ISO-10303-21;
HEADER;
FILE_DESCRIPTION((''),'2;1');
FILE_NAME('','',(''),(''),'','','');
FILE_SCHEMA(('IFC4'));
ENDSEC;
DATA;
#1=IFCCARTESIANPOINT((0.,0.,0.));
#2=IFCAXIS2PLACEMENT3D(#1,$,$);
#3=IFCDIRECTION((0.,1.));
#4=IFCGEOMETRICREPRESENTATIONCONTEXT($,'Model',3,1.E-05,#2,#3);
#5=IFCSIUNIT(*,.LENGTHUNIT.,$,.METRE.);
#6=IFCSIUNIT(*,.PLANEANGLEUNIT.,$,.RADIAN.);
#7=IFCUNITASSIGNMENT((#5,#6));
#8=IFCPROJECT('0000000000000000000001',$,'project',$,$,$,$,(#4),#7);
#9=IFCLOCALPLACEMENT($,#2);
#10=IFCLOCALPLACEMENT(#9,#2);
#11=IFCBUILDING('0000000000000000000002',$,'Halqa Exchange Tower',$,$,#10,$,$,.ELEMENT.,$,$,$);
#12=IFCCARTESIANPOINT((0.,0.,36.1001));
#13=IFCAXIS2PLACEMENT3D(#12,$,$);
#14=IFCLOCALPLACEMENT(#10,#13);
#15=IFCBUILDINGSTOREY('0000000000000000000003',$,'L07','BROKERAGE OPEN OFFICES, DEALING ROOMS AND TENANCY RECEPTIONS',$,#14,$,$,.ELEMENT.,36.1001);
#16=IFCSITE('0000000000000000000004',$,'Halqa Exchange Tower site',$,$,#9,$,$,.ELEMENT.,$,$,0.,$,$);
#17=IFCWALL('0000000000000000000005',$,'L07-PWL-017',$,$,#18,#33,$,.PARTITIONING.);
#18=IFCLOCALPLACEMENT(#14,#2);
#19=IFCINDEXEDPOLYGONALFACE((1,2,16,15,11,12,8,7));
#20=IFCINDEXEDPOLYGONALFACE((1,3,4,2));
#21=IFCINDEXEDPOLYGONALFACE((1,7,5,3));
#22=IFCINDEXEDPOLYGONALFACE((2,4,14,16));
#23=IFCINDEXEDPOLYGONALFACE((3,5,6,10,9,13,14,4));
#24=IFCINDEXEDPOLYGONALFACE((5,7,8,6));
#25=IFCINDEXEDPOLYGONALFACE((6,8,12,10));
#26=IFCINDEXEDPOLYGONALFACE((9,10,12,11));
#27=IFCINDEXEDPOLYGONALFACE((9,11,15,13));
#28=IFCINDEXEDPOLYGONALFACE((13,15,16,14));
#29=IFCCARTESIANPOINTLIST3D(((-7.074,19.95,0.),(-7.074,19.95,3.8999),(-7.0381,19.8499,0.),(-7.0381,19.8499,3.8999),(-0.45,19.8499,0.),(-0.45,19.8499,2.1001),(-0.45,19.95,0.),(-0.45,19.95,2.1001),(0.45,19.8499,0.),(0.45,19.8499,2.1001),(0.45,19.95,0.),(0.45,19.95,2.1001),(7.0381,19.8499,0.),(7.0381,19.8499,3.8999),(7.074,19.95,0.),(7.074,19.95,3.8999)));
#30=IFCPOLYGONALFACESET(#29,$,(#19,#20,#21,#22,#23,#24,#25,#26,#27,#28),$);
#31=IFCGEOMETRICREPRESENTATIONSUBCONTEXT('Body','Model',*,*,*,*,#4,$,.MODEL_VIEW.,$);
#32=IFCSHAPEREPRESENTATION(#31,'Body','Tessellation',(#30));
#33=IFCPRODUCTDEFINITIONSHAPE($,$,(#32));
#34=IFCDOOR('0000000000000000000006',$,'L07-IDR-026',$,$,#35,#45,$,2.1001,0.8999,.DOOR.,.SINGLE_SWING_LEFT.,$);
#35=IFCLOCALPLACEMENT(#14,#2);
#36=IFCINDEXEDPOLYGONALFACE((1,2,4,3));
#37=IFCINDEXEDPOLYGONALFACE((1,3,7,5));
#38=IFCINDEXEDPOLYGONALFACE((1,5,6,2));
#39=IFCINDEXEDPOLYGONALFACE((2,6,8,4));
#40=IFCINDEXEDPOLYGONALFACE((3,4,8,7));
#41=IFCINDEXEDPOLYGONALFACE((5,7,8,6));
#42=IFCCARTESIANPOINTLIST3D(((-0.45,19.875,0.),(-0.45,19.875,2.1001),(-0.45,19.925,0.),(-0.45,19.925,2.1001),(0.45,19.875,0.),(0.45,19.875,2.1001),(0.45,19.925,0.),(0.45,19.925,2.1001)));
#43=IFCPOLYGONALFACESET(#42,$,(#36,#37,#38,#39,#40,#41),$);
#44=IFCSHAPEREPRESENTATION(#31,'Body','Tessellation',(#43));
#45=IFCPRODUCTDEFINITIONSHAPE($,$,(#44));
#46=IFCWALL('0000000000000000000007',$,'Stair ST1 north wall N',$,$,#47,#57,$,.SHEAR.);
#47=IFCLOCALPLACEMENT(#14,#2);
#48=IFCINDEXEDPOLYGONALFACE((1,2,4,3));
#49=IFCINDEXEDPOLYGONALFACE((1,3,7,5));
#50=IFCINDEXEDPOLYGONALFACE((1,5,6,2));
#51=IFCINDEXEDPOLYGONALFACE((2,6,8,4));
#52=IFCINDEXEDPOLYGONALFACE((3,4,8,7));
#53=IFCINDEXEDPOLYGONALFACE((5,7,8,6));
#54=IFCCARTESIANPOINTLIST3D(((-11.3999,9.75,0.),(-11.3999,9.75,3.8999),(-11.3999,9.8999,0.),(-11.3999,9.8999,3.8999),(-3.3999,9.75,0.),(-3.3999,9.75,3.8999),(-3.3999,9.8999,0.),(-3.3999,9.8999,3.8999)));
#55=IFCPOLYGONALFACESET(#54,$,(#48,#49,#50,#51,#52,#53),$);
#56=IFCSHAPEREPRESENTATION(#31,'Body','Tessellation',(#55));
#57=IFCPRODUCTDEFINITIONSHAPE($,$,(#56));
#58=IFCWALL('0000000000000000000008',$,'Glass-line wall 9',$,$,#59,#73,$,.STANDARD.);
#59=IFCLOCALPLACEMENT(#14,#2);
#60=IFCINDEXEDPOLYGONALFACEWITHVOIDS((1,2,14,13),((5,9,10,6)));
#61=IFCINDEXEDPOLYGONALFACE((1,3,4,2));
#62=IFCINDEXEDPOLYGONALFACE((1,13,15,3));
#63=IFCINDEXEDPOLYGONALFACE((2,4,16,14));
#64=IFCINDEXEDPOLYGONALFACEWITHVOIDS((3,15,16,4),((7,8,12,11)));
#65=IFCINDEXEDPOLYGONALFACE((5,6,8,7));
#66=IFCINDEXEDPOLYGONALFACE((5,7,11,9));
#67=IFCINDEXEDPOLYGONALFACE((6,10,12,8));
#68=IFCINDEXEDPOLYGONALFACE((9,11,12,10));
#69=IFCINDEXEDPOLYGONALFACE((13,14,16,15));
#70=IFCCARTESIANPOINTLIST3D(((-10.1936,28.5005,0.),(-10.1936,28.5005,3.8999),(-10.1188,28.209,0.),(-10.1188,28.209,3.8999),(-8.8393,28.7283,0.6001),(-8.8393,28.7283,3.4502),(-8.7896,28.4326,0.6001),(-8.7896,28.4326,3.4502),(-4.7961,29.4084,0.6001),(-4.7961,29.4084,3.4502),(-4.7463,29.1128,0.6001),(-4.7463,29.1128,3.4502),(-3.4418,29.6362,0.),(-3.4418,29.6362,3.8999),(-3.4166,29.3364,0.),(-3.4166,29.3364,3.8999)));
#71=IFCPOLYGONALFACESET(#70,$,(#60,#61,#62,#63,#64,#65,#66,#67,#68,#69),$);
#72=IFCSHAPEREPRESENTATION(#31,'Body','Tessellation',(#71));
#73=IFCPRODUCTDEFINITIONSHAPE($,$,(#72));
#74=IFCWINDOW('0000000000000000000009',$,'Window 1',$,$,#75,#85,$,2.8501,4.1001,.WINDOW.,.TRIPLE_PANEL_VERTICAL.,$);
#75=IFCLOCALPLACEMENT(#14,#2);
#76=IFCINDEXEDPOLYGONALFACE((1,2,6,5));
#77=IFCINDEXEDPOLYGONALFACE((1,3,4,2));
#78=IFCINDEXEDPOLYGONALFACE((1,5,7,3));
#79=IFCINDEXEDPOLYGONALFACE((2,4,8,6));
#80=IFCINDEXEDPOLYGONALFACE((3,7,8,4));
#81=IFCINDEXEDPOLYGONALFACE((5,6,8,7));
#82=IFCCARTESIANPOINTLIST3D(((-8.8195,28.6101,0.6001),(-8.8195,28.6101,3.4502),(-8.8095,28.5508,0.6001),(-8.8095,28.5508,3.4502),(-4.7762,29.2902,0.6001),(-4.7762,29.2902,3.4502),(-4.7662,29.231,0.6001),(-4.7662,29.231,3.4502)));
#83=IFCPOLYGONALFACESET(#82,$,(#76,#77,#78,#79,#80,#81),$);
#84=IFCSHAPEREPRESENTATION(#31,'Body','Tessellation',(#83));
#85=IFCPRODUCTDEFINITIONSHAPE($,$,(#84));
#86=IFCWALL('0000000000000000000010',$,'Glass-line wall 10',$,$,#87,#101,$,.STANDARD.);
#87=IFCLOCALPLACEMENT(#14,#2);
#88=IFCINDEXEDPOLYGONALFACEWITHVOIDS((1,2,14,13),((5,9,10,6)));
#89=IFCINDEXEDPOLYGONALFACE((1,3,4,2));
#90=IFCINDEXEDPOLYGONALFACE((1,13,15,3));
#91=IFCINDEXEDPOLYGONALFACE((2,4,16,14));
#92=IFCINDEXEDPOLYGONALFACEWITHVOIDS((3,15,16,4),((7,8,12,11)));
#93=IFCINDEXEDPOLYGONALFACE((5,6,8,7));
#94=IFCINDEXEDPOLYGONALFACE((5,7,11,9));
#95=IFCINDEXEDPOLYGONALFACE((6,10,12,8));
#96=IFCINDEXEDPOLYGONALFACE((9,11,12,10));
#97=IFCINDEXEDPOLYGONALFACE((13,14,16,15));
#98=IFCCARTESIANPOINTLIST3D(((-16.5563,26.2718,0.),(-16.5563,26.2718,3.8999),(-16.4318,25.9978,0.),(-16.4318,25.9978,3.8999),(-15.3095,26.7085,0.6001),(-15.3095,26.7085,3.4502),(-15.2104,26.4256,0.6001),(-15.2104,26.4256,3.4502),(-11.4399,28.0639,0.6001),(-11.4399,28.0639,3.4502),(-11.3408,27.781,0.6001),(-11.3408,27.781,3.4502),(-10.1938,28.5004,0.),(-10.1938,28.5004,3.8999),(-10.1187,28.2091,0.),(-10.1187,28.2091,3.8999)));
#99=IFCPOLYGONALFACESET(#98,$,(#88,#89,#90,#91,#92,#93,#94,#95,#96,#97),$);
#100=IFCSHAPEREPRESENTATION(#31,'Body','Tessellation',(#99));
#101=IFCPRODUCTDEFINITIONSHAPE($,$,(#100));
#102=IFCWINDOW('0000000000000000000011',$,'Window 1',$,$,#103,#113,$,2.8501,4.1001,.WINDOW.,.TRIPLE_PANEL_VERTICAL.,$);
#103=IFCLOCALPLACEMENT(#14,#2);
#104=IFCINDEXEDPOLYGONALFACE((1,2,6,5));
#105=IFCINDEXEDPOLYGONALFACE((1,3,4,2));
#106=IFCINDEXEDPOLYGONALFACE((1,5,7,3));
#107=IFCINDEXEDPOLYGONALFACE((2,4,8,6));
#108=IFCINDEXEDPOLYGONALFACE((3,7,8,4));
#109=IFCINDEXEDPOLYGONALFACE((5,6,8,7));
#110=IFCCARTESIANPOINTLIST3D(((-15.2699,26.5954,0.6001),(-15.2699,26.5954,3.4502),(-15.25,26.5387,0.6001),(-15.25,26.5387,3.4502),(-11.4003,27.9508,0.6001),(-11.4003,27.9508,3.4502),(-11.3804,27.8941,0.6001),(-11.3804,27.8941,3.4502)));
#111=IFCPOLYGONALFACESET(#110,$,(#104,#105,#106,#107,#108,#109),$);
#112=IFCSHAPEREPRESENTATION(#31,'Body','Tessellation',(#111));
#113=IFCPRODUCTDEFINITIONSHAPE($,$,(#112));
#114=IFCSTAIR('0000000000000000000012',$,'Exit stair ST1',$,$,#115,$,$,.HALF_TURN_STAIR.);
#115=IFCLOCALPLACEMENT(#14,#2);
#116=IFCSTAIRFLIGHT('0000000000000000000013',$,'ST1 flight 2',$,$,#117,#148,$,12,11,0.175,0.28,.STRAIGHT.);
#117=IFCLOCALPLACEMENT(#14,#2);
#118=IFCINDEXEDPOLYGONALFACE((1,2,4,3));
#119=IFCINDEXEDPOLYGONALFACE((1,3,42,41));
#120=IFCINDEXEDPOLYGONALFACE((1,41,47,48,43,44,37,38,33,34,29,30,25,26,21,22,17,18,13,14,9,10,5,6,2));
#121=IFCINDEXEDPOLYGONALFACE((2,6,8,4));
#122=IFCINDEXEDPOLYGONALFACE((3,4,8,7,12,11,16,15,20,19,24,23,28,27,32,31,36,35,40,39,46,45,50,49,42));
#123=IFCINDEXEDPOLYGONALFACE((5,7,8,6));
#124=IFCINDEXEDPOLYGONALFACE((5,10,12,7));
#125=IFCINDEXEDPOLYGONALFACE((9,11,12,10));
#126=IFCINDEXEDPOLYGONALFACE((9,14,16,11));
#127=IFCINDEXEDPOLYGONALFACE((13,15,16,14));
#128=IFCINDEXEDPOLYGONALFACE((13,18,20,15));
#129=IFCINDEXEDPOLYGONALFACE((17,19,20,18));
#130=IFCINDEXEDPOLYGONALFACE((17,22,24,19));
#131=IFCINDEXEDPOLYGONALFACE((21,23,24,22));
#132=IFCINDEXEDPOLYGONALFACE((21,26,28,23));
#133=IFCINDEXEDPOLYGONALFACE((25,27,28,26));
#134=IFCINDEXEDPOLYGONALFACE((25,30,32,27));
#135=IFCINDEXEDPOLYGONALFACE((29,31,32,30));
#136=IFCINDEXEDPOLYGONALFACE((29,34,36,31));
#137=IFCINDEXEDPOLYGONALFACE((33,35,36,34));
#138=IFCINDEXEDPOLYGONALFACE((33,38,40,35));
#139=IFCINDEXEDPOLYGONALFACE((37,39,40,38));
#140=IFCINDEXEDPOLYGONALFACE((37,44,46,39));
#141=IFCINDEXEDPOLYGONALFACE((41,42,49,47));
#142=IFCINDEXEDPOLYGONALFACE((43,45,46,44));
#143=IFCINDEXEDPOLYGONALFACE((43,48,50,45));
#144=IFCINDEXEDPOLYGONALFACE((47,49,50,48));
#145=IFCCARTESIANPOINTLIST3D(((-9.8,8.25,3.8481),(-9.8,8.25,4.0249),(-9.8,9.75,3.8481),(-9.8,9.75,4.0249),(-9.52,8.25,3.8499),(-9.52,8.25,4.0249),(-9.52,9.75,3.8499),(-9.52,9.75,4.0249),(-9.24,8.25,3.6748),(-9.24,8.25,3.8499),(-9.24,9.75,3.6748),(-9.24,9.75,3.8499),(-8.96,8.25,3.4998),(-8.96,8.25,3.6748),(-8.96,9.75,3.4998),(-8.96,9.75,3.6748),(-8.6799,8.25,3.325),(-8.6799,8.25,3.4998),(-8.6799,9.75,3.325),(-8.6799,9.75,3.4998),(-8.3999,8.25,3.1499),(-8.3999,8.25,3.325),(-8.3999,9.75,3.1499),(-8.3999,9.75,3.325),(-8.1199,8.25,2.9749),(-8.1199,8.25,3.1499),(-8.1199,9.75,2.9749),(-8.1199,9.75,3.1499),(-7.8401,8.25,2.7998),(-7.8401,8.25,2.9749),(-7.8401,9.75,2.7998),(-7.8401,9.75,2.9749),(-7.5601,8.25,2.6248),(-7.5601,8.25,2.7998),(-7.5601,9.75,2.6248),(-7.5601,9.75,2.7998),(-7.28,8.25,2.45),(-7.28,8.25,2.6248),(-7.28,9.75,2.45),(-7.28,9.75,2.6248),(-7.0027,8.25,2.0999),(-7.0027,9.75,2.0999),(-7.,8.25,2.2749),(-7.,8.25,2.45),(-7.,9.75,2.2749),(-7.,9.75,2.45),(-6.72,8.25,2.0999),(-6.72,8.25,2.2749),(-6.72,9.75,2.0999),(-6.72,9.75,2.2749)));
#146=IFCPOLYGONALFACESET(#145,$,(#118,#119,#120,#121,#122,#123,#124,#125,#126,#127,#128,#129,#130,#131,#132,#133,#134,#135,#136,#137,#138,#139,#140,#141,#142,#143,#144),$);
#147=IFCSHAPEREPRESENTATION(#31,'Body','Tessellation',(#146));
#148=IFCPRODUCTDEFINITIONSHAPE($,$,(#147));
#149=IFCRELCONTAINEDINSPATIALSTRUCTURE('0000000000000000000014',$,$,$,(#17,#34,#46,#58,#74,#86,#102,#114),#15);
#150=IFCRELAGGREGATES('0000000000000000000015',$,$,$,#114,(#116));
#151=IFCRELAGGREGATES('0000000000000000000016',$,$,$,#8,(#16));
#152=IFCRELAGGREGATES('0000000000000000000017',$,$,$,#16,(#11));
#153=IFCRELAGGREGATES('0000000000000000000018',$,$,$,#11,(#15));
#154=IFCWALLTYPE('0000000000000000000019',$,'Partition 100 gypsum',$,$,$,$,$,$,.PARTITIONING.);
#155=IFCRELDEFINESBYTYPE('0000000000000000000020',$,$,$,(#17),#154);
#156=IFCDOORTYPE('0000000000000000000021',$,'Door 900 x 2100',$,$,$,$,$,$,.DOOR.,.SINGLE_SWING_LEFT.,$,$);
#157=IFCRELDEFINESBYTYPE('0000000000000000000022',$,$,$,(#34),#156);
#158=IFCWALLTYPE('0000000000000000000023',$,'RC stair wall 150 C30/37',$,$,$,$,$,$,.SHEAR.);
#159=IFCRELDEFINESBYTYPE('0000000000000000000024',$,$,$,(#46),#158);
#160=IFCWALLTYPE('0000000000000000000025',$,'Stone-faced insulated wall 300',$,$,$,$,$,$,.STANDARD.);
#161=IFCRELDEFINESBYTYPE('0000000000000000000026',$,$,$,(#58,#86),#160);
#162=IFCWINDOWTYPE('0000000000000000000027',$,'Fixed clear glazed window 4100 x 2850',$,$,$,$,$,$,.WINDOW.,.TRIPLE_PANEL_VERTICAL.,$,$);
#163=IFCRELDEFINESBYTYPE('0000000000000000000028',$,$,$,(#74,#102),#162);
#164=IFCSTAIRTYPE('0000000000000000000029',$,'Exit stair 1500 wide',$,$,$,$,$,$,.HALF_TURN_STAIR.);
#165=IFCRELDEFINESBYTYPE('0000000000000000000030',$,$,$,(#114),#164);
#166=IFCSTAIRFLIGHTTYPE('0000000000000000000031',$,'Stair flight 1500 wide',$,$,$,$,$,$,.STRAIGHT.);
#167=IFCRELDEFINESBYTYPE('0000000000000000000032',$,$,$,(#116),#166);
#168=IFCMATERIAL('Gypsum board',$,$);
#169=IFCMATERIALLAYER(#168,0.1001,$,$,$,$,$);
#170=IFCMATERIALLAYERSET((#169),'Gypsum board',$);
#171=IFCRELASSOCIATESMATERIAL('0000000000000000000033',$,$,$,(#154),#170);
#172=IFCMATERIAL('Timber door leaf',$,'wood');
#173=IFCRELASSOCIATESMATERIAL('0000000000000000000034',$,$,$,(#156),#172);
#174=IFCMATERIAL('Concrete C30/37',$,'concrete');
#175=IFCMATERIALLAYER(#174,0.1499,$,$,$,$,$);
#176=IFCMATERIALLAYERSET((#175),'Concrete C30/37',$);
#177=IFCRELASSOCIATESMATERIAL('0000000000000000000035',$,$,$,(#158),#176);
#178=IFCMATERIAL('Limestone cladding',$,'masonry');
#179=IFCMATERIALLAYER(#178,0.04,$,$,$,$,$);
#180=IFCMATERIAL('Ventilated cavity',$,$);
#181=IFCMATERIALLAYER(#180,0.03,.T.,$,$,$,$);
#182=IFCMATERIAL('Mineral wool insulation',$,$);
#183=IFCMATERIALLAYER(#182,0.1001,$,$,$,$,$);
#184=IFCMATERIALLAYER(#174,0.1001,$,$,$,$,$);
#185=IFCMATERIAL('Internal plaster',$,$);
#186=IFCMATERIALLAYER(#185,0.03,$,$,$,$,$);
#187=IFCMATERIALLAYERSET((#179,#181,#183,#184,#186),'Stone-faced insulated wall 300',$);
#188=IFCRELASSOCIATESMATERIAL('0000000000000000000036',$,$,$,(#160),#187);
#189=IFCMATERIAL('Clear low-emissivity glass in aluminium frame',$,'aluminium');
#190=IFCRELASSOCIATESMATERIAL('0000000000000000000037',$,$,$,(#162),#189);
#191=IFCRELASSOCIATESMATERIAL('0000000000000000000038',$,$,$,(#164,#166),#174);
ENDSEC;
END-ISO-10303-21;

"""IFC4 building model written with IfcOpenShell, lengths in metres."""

from ifc_helpers import new_model, si_unit, direction, frame, frame_2d, origin, place, context, subcontext, project, spatial, polyline, rectangle, outline, extrude, material, layer, layer_set, type_object, element, fill, aggregate, save


model = new_model("IFC4")

# Units and contexts
model_context = context("Model", 3, precision=1e-05, world=origin(), true_north=direction((0.0, 1.0)))
body_context = subcontext(model_context, "Body", "Model", "MODEL_VIEW")
ifc_project = project(units=[si_unit("LENGTHUNIT", "METRE"), si_unit("PLANEANGLEUNIT", "RADIAN")], contexts=[model_context])

# Site, building, storey
site_placement = place(None, origin())
site = spatial("IfcSite", under=ifc_project, at=site_placement, Name="Halqa Exchange Tower site", CompositionType="ELEMENT", RefElevation=0.0)
building_placement = place(site_placement, origin())
building = spatial("IfcBuilding", under=site, at=building_placement, Name="Halqa Exchange Tower", CompositionType="ELEMENT")
storey_placement = place(building_placement, frame((0.0, 0.0, 36.1001)))
storey = spatial("IfcBuildingStorey", under=building, at=storey_placement, Name="L07", Description="BROKERAGE OPEN OFFICES, DEALING ROOMS AND TENANCY RECEPTIONS", CompositionType="ELEMENT", Elevation=36.1001)

# Wall, opening, door
ifc_material_1 = material(Name="Gypsum board")
ifc_layer_1 = layer(ifc_material_1, 0.1001)
ifc_layer_set_1 = layer_set([ifc_layer_1], Name="Gypsum board")
wall_type_1 = type_object("IfcWallType", Name="Partition 100 gypsum", PredefinedType="PARTITIONING", material=ifc_layer_set_1)
wall_1_placement = place(storey_placement, frame((-7.074, 19.8999, 0.0), z_axis=(0.0, 0.0, 1.0), x_axis=(1.0, 0.0, 0.0)))
wall_1 = element("IfcWall", 1, at=wall_1_placement, inside=storey, type_object=wall_type_1, Name="L07-PWL-017", PredefinedType="PARTITIONING", context=body_context, shape_type="SweptSolid", body=[
    extrude(outline(polyline([(0.0359, -0.05), (1.7954, -0.05), (3.5549, -0.05), (5.3145, -0.05), (7.074, -0.05), (8.8335, -0.05), (10.593, -0.05), (12.3525, -0.05), (14.1121, -0.05), (14.1479, 0.05), (14.1479, 0.05), (12.3794, 0.05), (10.6108, 0.05), (8.8425, 0.05), (7.074, 0.05), (5.3054, 0.05), (3.5371, 0.05), (1.7686, 0.05), (0.0, 0.05), (0.0, 0.05), (0.0359, -0.05)])), origin(), (0.0, 0.0, 1.0), 3.8999),
])
opening_1_placement = place(wall_1_placement, frame((6.624, 0.0, 0.0)))
opening_1 = element("IfcOpeningElement", 2, at=opening_1_placement, cuts=wall_1, PredefinedType="OPENING", context=body_context, shape_type="SweptSolid", body=[
    extrude(rectangle(XDim=0.8999, YDim=2.1001, at=frame_2d((0.45, 1.05))), frame((0.0, 0.062, 0.0), z_axis=(0.0, -1.0, 0.0), x_axis=(1.0, 0.0, 0.0)), (0.0, 0.0, 1.0), 0.124),
])
ifc_material_2 = material(Name="Timber door leaf", Category="wood")
door_type = type_object("IfcDoorType", Name="Door 900 x 2100", OperationType="SINGLE_SWING_LEFT", PredefinedType="DOOR", material=ifc_material_2)
door_placement = place(opening_1_placement, frame((0.8999, 0.0, 0.0), z_axis=(0.0, 0.0, 1.0), x_axis=(-1.0, 0.0, 0.0)))
door = element("IfcDoor", 3, at=door_placement, inside=storey, type_object=door_type, Name="L07-IDR-026", OperationType="SINGLE_SWING_LEFT", OverallHeight=2.1001, OverallWidth=0.8999, PredefinedType="DOOR", context=body_context, shape_type="SweptSolid", body=[
    extrude(rectangle(XDim=0.8999, YDim=2.1001, at=frame_2d((0.45, 1.05))), frame((0.0, 0.0249, 0.0), z_axis=(0.0, -1.0, 0.0), x_axis=(1.0, 0.0, 0.0)), (0.0, 0.0, 1.0), 0.05),
])
fill(opening_1, door)

# Wall
ifc_material_3 = material(Name="Concrete C30/37", Category="concrete")
ifc_layer_2 = layer(ifc_material_3, 0.1499)
ifc_layer_set_2 = layer_set([ifc_layer_2], Name="Concrete C30/37")
wall_type_2 = type_object("IfcWallType", Name="RC stair wall 150 C30/37", PredefinedType="SHEAR", material=ifc_layer_set_2)
wall_2_placement = place(storey_placement, frame((-11.3999, 9.825, 0.0), z_axis=(0.0, 0.0, 1.0), x_axis=(1.0, 0.0, 0.0)))
element("IfcWall", 4, at=wall_2_placement, inside=storey, type_object=wall_type_2, Name="Stair ST1 north wall N", PredefinedType="SHEAR", context=body_context, shape_type="SweptSolid", body=[
    extrude(rectangle(XDim=8.0, YDim=0.1499, at=frame_2d((4.0, 0.0))), origin(), (0.0, 0.0, 1.0), 3.8999),
])

# Walls, openings, windows
ifc_material_4 = material(Name="Limestone cladding", Category="masonry")
ifc_layer_3 = layer(ifc_material_4, 0.04)
ifc_material_5 = material(Name="Ventilated cavity")
ifc_layer_4 = layer(ifc_material_5, 0.03, ventilated=True)
ifc_material_6 = material(Name="Mineral wool insulation")
ifc_layer_5 = layer(ifc_material_6, 0.1001)
ifc_layer_6 = layer(ifc_material_3, 0.1001)
ifc_material_7 = material(Name="Internal plaster")
ifc_layer_7 = layer(ifc_material_7, 0.03)
ifc_layer_set_3 = layer_set([ifc_layer_3, ifc_layer_4, ifc_layer_5, ifc_layer_6, ifc_layer_7], Name="Stone-faced insulated wall 300")
wall_type_3 = type_object("IfcWallType", Name="Stone-faced insulated wall 300", PredefinedType="STANDARD", material=ifc_layer_set_3)
wall_3_placement = place(storey_placement, frame((-3.4292, 29.4863, 0.0), z_axis=(0.0, 0.0, 1.0), x_axis=(-0.986145, -0.165885, 0.0)))
wall_3 = element("IfcWall", 5, at=wall_3_placement, inside=storey, type_object=wall_type_3, Name="Glass-line wall 9", PredefinedType="STANDARD", context=body_context, shape_type="SweptSolid", body=[
    extrude(outline(polyline([(-0.0125, -0.1499), (6.8342, -0.1499), (6.8088, 0.1499), (0.0125, 0.1499), (-0.0125, -0.1499)])), origin(), (0.0, 0.0, 1.0), 3.8999),
])
opening_2_placement = place(wall_3_placement, frame((1.3608, 0.0, 0.6001)))
opening_2 = element("IfcOpeningElement", 6, at=opening_2_placement, cuts=wall_3, PredefinedType="OPENING", context=body_context, shape_type="SweptSolid", body=[
    extrude(rectangle(XDim=4.1001, YDim=2.8501, at=frame_2d((2.05, 1.425))), frame((0.0, 0.1621, 0.0), z_axis=(0.0, -1.0, 0.0), x_axis=(1.0, 0.0, 0.0)), (0.0, 0.0, 1.0), 0.324),
])
ifc_material_8 = material(Name="Clear low-emissivity glass in aluminium frame", Category="aluminium")
window_type = type_object("IfcWindowType", Name="Fixed clear glazed window 4100 x 2850", PartitioningType="TRIPLE_PANEL_VERTICAL", PredefinedType="WINDOW", material=ifc_material_8)
window_1_placement = place(opening_2_placement, origin())
window_1 = element("IfcWindow", 7, at=window_1_placement, inside=storey, type_object=window_type, Name="Window 1", OverallHeight=2.8501, OverallWidth=4.1001, PartitioningType="TRIPLE_PANEL_VERTICAL", PredefinedType="WINDOW", context=body_context, shape_type="SweptSolid", body=[
    extrude(rectangle(XDim=4.1001, YDim=2.8501, at=frame_2d((2.05, 1.425))), frame((0.0, 0.03, 0.0), z_axis=(0.0, -1.0, 0.0), x_axis=(1.0, 0.0, 0.0)), (0.0, 0.0, 1.0), 0.0601),
])
fill(opening_2, window_1)
wall_4_placement = place(storey_placement, frame((-10.1562, 28.3547, 0.0), z_axis=(0.0, 0.0, 1.0), x_axis=(-0.943779, -0.330577, 0.0)))
wall_4 = element("IfcWall", 8, at=wall_4_placement, inside=storey, type_object=wall_type_3, Name="Glass-line wall 10", PredefinedType="STANDARD", context=body_context, shape_type="SweptSolid", body=[
    extrude(outline(polyline([(-0.0127, -0.1499), (6.7288, -0.1499), (6.7019, 0.1499), (0.0127, 0.1499), (-0.0127, -0.1499)])), origin(), (0.0, 0.0, 1.0), 3.8999),
])
opening_3_placement = place(wall_4_placement, frame((1.3076, 0.0, 0.6001)))
opening_3 = element("IfcOpeningElement", 9, at=opening_3_placement, cuts=wall_4, PredefinedType="OPENING", context=body_context, shape_type="SweptSolid", body=[
    extrude(rectangle(XDim=4.1001, YDim=2.8501, at=frame_2d((2.05, 1.425))), frame((0.0, 0.1621, 0.0), z_axis=(0.0, -1.0, 0.0), x_axis=(1.0, 0.0, 0.0)), (0.0, 0.0, 1.0), 0.324),
])
window_2_placement = place(opening_3_placement, origin())
window_2 = element("IfcWindow", 10, at=window_2_placement, inside=storey, type_object=window_type, Name="Window 1", OverallHeight=2.8501, OverallWidth=4.1001, PartitioningType="TRIPLE_PANEL_VERTICAL", PredefinedType="WINDOW", context=body_context, shape_type="SweptSolid", body=[
    extrude(rectangle(XDim=4.1001, YDim=2.8501, at=frame_2d((2.05, 1.425))), frame((0.0, 0.03, 0.0), z_axis=(0.0, -1.0, 0.0), x_axis=(1.0, 0.0, 0.0)), (0.0, 0.0, 1.0), 0.0601),
])
fill(opening_3, window_2)

# Stair, stair flight
stair_type = type_object("IfcStairType", Name="Exit stair 1500 wide", PredefinedType="HALF_TURN_STAIR", material=ifc_material_3)
stair_placement = place(storey_placement, origin())
stair = element("IfcStair", 11, at=stair_placement, inside=storey, type_object=stair_type, Name="Exit stair ST1", PredefinedType="HALF_TURN_STAIR")
stair_flight_type = type_object("IfcStairFlightType", Name="Stair flight 1500 wide", PredefinedType="STRAIGHT", material=ifc_material_3)
stair_flight_placement = place(storey_placement, frame((-6.72, 9.0, 2.0999), z_axis=(0.0, 0.0, 1.0), x_axis=(-1.0, 0.0, 0.0)))
stair_flight = element("IfcStairFlight", 12, at=stair_flight_placement, type_object=stair_flight_type, Name="ST1 flight 2", NumberOfRisers=12, NumberOfTreads=11, PredefinedType="STRAIGHT", RiserHeight=0.175, TreadLength=0.28, context=body_context, shape_type="SweptSolid", body=[
    extrude(outline(polyline([(0.0, 0.0), (0.0, 0.175), (0.28, 0.175), (0.28, 0.3501), (0.5601, 0.3501), (0.5601, 0.5249), (0.8401, 0.5249), (0.8401, 0.7), (1.1201, 0.7), (1.1201, 0.875), (1.3999, 0.875), (1.3999, 1.05), (1.6799, 1.05), (1.6799, 1.2251), (1.96, 1.2251), (1.96, 1.3999), (2.24, 1.3999), (2.24, 1.575), (2.52, 1.575), (2.52, 1.75), (2.8, 1.75), (2.8, 1.925), (3.0801, 1.925), (3.0801, 2.1001), (3.0801, 1.7483), (0.2827, 0.0), (0.0, 0.0)])), frame((0.0, 0.75, 0.0), z_axis=(0.0, -1.0, 0.0), x_axis=(1.0, 0.0, 0.0)), (0.0, 0.0, 1.0), 1.5),
])
aggregate(stair, [stair_flight])

save(model, "model.ifc")
